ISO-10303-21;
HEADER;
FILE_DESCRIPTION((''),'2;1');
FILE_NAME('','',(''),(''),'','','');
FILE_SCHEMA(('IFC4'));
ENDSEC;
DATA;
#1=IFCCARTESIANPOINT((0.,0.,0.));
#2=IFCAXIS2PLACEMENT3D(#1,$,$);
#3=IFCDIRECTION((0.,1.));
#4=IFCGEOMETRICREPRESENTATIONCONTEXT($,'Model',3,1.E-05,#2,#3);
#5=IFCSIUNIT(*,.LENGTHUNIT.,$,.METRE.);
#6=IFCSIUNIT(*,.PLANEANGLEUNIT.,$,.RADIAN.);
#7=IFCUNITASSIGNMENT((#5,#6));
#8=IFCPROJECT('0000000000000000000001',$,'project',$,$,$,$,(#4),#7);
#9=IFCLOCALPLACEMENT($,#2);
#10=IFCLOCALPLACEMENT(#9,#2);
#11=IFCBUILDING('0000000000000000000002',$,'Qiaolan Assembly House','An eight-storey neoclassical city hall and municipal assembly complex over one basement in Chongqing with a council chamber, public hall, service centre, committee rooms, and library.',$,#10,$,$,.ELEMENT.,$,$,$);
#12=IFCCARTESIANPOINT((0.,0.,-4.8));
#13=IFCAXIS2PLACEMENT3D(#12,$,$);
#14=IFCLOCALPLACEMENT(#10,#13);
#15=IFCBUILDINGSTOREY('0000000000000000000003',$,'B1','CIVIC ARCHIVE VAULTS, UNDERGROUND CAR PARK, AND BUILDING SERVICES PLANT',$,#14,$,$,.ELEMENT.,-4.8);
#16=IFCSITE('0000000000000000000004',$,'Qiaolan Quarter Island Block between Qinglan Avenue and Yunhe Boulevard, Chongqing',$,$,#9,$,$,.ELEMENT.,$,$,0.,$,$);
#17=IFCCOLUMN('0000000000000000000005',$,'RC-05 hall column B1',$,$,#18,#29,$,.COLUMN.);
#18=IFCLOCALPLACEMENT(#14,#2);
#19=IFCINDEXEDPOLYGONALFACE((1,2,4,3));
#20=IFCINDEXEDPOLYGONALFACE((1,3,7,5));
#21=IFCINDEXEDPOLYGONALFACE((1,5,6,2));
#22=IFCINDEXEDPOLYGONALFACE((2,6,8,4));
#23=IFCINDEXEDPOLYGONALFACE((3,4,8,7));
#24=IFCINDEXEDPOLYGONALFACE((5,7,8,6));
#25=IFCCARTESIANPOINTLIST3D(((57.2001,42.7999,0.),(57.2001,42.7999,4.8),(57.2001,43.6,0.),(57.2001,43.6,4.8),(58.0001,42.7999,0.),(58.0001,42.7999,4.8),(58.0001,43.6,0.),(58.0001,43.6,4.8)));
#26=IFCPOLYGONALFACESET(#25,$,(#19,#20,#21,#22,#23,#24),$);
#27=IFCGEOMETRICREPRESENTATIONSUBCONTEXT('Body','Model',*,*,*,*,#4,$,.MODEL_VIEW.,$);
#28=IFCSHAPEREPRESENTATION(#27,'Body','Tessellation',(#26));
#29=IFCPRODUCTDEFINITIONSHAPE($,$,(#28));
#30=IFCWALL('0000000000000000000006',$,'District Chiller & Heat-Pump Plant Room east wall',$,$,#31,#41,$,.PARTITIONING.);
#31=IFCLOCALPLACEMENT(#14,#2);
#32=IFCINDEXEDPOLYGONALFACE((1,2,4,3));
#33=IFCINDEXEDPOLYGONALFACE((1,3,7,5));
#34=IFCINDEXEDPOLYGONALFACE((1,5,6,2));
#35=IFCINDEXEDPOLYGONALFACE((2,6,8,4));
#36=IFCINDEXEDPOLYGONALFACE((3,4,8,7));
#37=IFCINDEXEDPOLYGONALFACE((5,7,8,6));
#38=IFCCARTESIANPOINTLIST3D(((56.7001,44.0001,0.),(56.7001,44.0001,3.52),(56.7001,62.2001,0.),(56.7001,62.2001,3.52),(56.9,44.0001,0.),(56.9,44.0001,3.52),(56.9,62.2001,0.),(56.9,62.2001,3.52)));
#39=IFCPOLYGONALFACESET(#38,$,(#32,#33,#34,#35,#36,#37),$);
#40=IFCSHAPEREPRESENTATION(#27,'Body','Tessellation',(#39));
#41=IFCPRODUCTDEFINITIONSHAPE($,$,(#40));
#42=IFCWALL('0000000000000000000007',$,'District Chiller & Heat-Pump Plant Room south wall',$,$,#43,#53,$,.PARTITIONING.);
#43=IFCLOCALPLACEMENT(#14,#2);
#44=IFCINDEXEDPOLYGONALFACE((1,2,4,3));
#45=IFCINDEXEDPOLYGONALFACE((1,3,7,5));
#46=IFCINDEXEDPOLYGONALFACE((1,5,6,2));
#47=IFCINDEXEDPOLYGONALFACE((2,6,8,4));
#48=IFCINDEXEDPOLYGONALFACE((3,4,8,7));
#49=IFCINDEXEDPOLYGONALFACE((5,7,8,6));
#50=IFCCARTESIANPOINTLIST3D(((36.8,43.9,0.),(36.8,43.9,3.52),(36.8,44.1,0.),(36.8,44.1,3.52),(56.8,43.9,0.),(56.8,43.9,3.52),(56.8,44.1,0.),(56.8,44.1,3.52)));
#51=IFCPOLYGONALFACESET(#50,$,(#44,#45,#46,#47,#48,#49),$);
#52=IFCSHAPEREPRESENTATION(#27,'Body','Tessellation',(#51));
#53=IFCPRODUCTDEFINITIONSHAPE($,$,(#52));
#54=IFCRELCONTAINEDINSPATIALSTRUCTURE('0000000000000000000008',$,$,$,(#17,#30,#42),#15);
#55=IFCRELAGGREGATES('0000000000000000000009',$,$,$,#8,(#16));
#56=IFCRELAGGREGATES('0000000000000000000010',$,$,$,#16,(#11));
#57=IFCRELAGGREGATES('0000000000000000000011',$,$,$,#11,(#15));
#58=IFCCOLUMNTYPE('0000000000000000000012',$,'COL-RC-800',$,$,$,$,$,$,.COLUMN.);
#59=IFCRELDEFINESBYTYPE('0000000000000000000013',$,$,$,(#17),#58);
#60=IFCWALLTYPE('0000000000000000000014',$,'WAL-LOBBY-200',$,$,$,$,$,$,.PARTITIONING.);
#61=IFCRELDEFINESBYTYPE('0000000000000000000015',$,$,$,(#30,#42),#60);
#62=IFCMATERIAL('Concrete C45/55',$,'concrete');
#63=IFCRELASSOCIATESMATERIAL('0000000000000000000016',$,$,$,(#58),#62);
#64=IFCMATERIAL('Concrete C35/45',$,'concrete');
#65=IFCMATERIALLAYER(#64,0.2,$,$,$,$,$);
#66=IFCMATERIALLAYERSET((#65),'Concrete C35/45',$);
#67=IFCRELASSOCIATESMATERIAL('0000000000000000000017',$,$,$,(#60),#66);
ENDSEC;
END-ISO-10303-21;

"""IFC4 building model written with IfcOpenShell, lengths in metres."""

from ifc_helpers import new_model, si_unit, direction, frame, frame_2d, origin, origin_2d, place, context, subcontext, project, spatial, rectangle, extrude, material, layer, layer_set, material_profile, profile_set, type_object, element, save


model = new_model("IFC4")

# Units and contexts
model_context = context("Model", 3, precision=1e-05, world=origin(), true_north=direction((0.0, 1.0)))
body_context = subcontext(model_context, "Body", "Model", "MODEL_VIEW")
ifc_project = project(units=[si_unit("LENGTHUNIT", "METRE"), si_unit("PLANEANGLEUNIT", "RADIAN")], contexts=[model_context])

# Site, building, storey
site_placement = place(None, origin())
site = spatial("IfcSite", under=ifc_project, at=site_placement, Name="Qiaolan Quarter Island Block between Qinglan Avenue and Yunhe Boulevard, Chongqing", CompositionType="ELEMENT", RefElevation=0.0)
building_placement = place(site_placement, origin())
building = spatial("IfcBuilding", under=site, at=building_placement, Name="Qiaolan Assembly House", Description="An eight-storey neoclassical city hall and municipal assembly complex over one basement in Chongqing with a council chamber, public hall, service centre, committee rooms, and library.", CompositionType="ELEMENT")
storey_placement = place(building_placement, frame((0.0, 0.0, -4.8)))
storey = spatial("IfcBuildingStorey", under=building, at=storey_placement, Name="B1", Description="CIVIC ARCHIVE VAULTS, UNDERGROUND CAR PARK, AND BUILDING SERVICES PLANT", CompositionType="ELEMENT", Elevation=-4.8)

# Shared definitions
ifc_material_1 = material(Name="Concrete C45/55", Category="concrete")

# Column
ifc_material_profile_1 = material_profile(ifc_material_1, rectangle(XDim=0.8, YDim=0.8, at=origin_2d()), Name="RC 800x800")
ifc_profile_set_1 = profile_set([ifc_material_profile_1], Name="Concrete C45/55")
column_type_1 = type_object("IfcColumnType", Name="COL-RC-800", PredefinedType="COLUMN", material=ifc_profile_set_1)
for number, where, z_axis, x_axis, name in (
    (1, (57.6001, 43.2, 0.0), (0.0, 0.0, 1.0), (1.0, 0.0, 0.0), "RC-05 hall column B1"),
):
    element("IfcColumn", number, at=place(storey_placement, frame(where, z_axis=z_axis, x_axis=x_axis)), inside=storey, type_object=column_type_1, Name=name, PredefinedType="COLUMN", context=body_context, shape_type="SweptSolid", body=[
        extrude(rectangle(XDim=0.8, YDim=0.8, at=origin_2d()), origin(), (0.0, 0.0, 1.0), 4.8),
    ])

# Walls
ifc_material_2 = material(Name="Concrete C35/45", Category="concrete")
ifc_layer = layer(ifc_material_2, 0.2)
ifc_layer_set = layer_set([ifc_layer], Name="Concrete C35/45")
wall_type = type_object("IfcWallType", Name="WAL-LOBBY-200", PredefinedType="PARTITIONING", material=ifc_layer_set)
wall_1_placement = place(storey_placement, frame((56.8, 44.0, 0.0), z_axis=(0.0, 0.0, 1.0), x_axis=(0.0, 1.0, 0.0)))
element("IfcWall", 2, at=wall_1_placement, inside=storey, type_object=wall_type, Name="District Chiller & Heat-Pump Plant Room east wall", PredefinedType="PARTITIONING", context=body_context, shape_type="SweptSolid", body=[
    extrude(rectangle(XDim=18.2, YDim=0.2, at=frame_2d((9.1001, 0.0))), origin(), (0.0, 0.0, 1.0), 3.52),
])
wall_2_placement = place(storey_placement, frame((56.8, 44.0, 0.0), z_axis=(0.0, 0.0, 1.0), x_axis=(-1.0, 0.0, 0.0)))
element("IfcWall", 3, at=wall_2_placement, inside=storey, type_object=wall_type, Name="District Chiller & Heat-Pump Plant Room south wall", PredefinedType="PARTITIONING", context=body_context, shape_type="SweptSolid", body=[
    extrude(rectangle(XDim=20.0, YDim=0.2, at=frame_2d((10.0, 0.0))), origin(), (0.0, 0.0, 1.0), 3.52),
])

save(model, "model.ifc")
